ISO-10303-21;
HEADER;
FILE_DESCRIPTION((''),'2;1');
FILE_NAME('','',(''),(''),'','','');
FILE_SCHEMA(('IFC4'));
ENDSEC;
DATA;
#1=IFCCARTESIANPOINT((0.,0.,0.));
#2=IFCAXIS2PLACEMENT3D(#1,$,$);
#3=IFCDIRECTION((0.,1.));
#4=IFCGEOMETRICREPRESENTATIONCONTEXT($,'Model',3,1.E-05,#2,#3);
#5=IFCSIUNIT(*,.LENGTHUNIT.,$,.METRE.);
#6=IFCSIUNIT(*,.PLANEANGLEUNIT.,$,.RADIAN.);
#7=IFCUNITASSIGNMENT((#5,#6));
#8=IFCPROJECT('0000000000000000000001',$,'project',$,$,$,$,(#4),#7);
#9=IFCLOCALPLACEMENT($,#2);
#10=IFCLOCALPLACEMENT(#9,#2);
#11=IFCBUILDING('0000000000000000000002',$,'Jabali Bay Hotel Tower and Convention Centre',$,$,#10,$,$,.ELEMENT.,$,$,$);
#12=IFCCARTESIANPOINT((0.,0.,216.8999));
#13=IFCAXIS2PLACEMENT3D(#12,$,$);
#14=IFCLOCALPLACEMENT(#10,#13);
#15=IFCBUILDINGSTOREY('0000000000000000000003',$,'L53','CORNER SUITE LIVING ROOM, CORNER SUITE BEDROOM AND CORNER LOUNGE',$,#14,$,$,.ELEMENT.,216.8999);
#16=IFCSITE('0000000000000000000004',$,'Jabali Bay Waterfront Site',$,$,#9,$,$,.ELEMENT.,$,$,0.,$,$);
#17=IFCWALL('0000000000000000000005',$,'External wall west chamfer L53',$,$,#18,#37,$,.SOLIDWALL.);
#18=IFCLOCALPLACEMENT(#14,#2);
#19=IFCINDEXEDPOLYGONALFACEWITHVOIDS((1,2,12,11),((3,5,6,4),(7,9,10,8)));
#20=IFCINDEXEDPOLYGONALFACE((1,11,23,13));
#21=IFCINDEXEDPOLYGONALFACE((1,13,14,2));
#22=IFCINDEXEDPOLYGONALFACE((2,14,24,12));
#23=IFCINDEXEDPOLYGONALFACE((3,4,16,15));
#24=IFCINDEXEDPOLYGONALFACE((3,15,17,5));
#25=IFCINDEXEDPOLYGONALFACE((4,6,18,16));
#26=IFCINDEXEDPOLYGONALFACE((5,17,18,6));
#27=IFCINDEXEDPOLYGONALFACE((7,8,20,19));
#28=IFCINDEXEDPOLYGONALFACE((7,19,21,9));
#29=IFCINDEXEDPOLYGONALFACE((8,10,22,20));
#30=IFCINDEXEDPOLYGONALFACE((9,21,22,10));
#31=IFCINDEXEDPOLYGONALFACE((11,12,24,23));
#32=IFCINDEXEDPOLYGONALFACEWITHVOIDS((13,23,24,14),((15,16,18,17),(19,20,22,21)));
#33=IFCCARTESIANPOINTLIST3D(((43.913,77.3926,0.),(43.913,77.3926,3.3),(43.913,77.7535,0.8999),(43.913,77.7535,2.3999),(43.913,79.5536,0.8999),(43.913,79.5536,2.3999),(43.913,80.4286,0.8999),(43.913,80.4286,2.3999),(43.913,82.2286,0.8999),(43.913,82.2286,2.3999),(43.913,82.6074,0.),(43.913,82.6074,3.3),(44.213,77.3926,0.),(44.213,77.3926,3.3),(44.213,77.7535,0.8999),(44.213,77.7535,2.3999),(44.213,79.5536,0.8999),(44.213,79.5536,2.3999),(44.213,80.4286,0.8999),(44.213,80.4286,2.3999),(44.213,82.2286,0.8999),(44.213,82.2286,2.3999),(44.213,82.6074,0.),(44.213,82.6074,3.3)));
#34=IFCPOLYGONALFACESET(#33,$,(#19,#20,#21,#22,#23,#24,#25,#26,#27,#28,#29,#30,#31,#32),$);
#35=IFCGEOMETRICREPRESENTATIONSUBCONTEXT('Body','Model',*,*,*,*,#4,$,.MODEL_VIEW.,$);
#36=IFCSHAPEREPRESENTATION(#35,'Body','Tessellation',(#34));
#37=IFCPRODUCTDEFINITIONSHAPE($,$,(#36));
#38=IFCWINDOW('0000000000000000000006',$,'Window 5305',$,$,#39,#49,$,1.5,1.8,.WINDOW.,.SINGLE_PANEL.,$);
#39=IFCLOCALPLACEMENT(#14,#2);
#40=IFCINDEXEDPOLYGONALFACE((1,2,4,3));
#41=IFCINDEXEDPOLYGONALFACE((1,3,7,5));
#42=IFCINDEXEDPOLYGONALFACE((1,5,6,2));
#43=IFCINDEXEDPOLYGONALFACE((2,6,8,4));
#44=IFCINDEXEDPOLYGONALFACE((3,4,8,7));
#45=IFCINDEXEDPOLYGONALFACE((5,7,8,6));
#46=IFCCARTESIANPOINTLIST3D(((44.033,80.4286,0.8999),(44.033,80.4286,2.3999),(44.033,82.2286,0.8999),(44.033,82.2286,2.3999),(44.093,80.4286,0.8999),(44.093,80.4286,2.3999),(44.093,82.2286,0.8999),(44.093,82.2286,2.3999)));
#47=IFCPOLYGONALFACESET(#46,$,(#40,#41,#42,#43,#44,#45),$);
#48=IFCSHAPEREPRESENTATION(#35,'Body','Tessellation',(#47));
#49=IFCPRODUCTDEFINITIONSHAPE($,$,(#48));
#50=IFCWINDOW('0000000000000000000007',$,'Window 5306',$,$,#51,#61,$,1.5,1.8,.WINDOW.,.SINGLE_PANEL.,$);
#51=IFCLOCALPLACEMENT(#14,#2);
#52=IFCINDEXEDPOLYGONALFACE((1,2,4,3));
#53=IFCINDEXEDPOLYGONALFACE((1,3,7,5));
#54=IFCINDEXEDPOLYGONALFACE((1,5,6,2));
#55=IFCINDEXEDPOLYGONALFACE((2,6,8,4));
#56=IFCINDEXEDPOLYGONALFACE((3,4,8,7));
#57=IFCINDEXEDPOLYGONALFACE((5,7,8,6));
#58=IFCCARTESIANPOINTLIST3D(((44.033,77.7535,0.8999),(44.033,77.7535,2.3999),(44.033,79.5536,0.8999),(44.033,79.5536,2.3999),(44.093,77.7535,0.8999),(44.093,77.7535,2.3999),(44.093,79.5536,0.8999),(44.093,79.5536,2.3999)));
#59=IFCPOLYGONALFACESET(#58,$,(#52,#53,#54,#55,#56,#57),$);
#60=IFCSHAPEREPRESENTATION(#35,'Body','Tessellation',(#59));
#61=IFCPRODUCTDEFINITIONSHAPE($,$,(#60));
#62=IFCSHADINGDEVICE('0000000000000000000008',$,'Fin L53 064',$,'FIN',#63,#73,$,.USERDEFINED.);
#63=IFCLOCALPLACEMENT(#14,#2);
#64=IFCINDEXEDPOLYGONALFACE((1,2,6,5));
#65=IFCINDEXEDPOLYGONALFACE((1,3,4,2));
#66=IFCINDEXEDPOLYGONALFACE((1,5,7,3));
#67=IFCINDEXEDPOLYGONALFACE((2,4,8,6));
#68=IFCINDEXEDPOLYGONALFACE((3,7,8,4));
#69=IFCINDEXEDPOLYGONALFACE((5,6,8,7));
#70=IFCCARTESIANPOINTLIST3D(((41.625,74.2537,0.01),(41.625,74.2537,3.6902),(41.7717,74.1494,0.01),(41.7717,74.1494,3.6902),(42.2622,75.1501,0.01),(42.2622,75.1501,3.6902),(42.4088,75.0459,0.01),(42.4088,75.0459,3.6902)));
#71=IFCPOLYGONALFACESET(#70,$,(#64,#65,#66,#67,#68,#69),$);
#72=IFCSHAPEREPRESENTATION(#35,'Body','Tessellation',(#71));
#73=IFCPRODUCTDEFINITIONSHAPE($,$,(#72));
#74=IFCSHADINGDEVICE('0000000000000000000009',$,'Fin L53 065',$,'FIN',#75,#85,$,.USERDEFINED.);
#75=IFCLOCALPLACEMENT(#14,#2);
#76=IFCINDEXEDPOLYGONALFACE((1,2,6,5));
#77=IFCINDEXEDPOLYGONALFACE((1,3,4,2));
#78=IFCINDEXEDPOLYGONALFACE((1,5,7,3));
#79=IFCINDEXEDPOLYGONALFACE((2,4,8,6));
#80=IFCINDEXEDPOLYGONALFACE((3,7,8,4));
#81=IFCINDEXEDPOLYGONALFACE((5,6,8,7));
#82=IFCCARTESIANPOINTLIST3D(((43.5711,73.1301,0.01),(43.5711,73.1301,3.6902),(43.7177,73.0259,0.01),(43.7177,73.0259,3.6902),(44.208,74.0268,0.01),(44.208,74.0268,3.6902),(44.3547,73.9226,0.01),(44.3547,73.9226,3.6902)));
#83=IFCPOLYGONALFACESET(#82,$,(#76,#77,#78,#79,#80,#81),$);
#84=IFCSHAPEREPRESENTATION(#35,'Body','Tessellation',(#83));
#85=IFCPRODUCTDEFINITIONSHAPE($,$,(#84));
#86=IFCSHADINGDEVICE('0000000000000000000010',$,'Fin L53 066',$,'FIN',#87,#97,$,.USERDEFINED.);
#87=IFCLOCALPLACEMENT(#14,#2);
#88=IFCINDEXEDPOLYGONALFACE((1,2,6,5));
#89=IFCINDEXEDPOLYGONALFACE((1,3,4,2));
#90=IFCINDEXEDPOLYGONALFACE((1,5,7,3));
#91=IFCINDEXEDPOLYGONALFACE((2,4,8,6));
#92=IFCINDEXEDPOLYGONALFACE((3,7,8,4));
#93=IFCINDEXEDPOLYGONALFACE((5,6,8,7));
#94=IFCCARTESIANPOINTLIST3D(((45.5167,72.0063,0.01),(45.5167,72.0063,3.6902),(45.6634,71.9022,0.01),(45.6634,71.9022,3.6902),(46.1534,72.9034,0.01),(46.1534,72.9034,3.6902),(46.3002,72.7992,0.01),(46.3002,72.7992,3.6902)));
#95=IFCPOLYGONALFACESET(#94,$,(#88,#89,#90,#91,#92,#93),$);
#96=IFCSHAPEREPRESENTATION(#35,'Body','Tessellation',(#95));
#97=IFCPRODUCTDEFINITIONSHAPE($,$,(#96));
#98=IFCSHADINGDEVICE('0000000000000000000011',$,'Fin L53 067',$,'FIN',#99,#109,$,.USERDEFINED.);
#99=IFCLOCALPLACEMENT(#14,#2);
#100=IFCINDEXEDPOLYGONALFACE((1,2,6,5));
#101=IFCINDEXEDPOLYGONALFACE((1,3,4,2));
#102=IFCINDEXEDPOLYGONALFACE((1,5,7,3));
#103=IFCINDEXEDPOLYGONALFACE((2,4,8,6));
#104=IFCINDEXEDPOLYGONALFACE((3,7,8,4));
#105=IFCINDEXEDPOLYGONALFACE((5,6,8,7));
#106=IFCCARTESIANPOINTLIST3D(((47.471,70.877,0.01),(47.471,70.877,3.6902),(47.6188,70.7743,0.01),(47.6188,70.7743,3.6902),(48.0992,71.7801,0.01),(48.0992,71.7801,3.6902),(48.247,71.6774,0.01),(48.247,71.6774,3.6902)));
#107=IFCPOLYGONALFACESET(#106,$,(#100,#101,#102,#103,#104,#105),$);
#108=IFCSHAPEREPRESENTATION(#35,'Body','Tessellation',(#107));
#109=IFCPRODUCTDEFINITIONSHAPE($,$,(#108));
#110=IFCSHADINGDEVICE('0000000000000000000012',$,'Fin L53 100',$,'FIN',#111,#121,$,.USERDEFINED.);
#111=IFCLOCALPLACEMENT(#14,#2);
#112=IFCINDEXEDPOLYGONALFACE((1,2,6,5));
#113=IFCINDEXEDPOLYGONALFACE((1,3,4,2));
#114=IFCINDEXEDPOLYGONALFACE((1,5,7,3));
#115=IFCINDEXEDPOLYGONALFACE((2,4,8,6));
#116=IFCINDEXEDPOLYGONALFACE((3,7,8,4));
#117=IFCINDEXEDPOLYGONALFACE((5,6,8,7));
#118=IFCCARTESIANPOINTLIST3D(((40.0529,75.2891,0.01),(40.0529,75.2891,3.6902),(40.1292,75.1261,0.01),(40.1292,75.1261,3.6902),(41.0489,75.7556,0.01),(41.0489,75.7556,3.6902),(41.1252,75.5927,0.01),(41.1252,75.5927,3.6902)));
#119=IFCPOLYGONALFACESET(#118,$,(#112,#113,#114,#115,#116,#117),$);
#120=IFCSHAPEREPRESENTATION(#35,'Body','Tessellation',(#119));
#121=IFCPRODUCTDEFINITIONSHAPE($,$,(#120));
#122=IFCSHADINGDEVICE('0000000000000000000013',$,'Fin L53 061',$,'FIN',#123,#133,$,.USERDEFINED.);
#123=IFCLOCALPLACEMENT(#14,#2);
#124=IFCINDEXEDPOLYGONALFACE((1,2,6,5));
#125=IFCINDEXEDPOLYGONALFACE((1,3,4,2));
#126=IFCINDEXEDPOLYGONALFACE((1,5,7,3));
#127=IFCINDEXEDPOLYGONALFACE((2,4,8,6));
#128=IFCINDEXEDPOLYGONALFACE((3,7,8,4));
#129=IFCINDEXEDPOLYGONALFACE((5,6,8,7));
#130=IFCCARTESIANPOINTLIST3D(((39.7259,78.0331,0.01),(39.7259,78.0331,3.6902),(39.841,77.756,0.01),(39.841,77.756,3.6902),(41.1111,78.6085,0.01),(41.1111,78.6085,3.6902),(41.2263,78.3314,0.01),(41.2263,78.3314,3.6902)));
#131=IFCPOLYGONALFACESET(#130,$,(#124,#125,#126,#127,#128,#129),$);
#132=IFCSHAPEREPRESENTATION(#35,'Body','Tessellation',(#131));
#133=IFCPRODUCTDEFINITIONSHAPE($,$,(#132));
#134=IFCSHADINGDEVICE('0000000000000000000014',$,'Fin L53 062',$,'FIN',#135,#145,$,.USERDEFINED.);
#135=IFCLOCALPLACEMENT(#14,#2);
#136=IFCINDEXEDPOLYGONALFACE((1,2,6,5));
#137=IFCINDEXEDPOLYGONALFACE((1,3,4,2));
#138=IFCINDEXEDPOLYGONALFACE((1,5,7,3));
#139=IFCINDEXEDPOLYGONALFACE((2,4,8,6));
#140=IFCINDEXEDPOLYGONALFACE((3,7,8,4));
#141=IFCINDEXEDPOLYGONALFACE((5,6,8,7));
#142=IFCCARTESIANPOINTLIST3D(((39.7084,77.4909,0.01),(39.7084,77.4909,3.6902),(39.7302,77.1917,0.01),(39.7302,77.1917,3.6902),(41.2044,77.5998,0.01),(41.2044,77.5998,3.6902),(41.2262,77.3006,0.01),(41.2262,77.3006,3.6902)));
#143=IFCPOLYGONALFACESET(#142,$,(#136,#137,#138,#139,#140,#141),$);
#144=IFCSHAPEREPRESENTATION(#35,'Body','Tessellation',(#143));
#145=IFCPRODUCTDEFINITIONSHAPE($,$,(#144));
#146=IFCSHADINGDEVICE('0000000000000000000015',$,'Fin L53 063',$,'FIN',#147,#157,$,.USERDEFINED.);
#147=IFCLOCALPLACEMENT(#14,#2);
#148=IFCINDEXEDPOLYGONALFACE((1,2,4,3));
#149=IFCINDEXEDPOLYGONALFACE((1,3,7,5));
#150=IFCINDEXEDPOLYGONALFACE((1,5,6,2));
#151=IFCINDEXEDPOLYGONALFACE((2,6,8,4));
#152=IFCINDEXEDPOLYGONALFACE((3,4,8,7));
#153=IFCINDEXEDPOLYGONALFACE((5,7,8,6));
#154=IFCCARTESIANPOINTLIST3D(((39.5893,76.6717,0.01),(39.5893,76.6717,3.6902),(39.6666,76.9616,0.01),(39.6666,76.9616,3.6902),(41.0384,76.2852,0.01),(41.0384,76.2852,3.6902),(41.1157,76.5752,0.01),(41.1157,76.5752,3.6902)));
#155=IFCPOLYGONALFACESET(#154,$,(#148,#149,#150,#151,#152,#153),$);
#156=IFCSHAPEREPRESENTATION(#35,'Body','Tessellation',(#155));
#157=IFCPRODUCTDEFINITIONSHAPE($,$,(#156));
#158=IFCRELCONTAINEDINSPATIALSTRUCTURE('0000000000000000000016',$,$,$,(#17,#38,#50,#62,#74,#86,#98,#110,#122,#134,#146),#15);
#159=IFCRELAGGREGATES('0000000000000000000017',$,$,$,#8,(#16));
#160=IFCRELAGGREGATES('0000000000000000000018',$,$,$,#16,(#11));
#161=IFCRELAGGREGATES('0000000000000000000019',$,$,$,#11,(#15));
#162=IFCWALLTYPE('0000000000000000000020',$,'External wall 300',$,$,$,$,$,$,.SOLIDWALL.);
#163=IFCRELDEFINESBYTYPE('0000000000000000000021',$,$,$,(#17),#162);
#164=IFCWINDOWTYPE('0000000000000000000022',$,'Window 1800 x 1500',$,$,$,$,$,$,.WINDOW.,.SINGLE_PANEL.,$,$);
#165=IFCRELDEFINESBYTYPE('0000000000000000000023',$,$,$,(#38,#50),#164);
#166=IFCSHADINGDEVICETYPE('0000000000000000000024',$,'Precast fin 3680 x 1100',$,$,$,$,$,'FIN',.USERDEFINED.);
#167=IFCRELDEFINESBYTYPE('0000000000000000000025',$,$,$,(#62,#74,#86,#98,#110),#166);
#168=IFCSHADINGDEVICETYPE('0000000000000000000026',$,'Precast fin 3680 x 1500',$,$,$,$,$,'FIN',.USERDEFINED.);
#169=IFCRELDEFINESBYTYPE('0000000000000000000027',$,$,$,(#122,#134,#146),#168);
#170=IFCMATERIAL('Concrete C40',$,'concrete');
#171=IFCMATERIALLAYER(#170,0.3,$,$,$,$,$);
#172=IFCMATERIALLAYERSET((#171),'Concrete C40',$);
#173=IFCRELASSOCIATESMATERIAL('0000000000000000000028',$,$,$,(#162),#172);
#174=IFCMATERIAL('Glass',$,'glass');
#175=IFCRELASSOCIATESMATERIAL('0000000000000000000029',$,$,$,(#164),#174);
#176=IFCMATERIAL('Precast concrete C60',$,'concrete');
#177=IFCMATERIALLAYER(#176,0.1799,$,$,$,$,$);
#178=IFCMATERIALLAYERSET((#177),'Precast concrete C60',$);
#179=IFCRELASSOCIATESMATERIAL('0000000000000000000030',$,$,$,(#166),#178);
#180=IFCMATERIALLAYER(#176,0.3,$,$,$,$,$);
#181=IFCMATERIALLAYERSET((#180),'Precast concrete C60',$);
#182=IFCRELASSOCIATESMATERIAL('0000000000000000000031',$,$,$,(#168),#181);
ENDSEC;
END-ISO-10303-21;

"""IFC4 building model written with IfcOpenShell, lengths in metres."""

from ifc_helpers import new_model, si_unit, direction, frame, frame_2d, origin, place, context, subcontext, project, spatial, rectangle, extrude, material, layer, layer_set, type_object, element, fill, save


model = new_model("IFC4")

# Units and contexts
model_context = context("Model", 3, precision=1e-05, world=origin(), true_north=direction((0.0, 1.0)))
body_context = subcontext(model_context, "Body", "Model", "MODEL_VIEW")
ifc_project = project(units=[si_unit("LENGTHUNIT", "METRE"), si_unit("PLANEANGLEUNIT", "RADIAN")], contexts=[model_context])

# Site, building, storey
site_placement = place(None, origin())
site = spatial("IfcSite", under=ifc_project, at=site_placement, Name="Jabali Bay Waterfront Site", CompositionType="ELEMENT", RefElevation=0.0)
building_placement = place(site_placement, origin())
building = spatial("IfcBuilding", under=site, at=building_placement, Name="Jabali Bay Hotel Tower and Convention Centre", CompositionType="ELEMENT")
storey_placement = place(building_placement, frame((0.0, 0.0, 216.8999)))
storey = spatial("IfcBuildingStorey", under=building, at=storey_placement, Name="L53", Description="CORNER SUITE LIVING ROOM, CORNER SUITE BEDROOM AND CORNER LOUNGE", CompositionType="ELEMENT", Elevation=216.8999)

# Shared definitions
ifc_material_1 = material(Name="Concrete C40", Category="concrete")

# Wall, openings, windows
ifc_layer_1 = layer(ifc_material_1, 0.3)
ifc_layer_set_1 = layer_set([ifc_layer_1], Name="Concrete C40")
wall_type_1 = type_object("IfcWallType", Name="External wall 300", PredefinedType="SOLIDWALL", material=ifc_layer_set_1)
wall_1_placement = place(storey_placement, frame((44.063, 77.3926, 0.0), z_axis=(0.0, 0.0, 1.0), x_axis=(0.0, 1.0, 0.0)))
wall_1 = element("IfcWall", 1, at=wall_1_placement, inside=storey, type_object=wall_type_1, Name="External wall west chamfer L53", PredefinedType="SOLIDWALL", context=body_context, shape_type="SweptSolid", body=[
    extrude(rectangle(XDim=5.2148, YDim=0.3, at=frame_2d((2.6074, 0.0))), origin(), (0.0, 0.0, 1.0), 3.3),
])
opening_1_placement = place(wall_1_placement, frame((3.0361, 0.0, 0.8999)))
opening_1 = element("IfcOpeningElement", 2, at=opening_1_placement, cuts=wall_1, PredefinedType="OPENING", context=body_context, shape_type="SweptSolid", body=[
    extrude(rectangle(XDim=1.8, YDim=1.5, at=frame_2d((0.8999, 0.75))), frame((0.0, 0.1606, 0.0), z_axis=(0.0, -1.0, 0.0), x_axis=(1.0, 0.0, 0.0)), (0.0, 0.0, 1.0), 0.321),
])
opening_2_placement = place(wall_1_placement, frame((0.3611, 0.0, 0.8999)))
opening_2 = element("IfcOpeningElement", 3, at=opening_2_placement, cuts=wall_1, PredefinedType="OPENING", context=body_context, shape_type="SweptSolid", body=[
    extrude(rectangle(XDim=1.8, YDim=1.5, at=frame_2d((0.8999, 0.75))), frame((0.0, 0.1606, 0.0), z_axis=(0.0, -1.0, 0.0), x_axis=(1.0, 0.0, 0.0)), (0.0, 0.0, 1.0), 0.321),
])
ifc_material_2 = material(Name="Glass", Category="glass")
window_type = type_object("IfcWindowType", Name="Window 1800 x 1500", PartitioningType="SINGLE_PANEL", PredefinedType="WINDOW", material=ifc_material_2)
window_1_placement = place(opening_1_placement, origin())
window_1 = element("IfcWindow", 4, at=window_1_placement, inside=storey, type_object=window_type, Name="Window 5305", OverallHeight=1.5, OverallWidth=1.8, PartitioningType="SINGLE_PANEL", PredefinedType="WINDOW", context=body_context, shape_type="SweptSolid", body=[
    extrude(rectangle(XDim=1.8, YDim=1.5, at=frame_2d((0.8999, 0.75))), frame((0.0, 0.03, 0.0), z_axis=(0.0, -1.0, 0.0), x_axis=(1.0, 0.0, 0.0)), (0.0, 0.0, 1.0), 0.0601),
])
fill(opening_1, window_1)
window_2_placement = place(opening_2_placement, origin())
window_2 = element("IfcWindow", 5, at=window_2_placement, inside=storey, type_object=window_type, Name="Window 5306", OverallHeight=1.5, OverallWidth=1.8, PartitioningType="SINGLE_PANEL", PredefinedType="WINDOW", context=body_context, shape_type="SweptSolid", body=[
    extrude(rectangle(XDim=1.8, YDim=1.5, at=frame_2d((0.8999, 0.75))), frame((0.0, 0.03, 0.0), z_axis=(0.0, -1.0, 0.0), x_axis=(1.0, 0.0, 0.0)), (0.0, 0.0, 1.0), 0.0601),
])
fill(opening_2, window_2)

# Shading devices
ifc_material_3 = material(Name="Precast concrete C60", Category="concrete")
ifc_layer_2 = layer(ifc_material_3, 0.1799)
ifc_layer_set_2 = layer_set([ifc_layer_2], Name="Precast concrete C60")
shading_device_type_1 = type_object("IfcShadingDeviceType", Name="Precast fin 3680 x 1100", ElementType="FIN", PredefinedType="USERDEFINED", material=ifc_layer_set_2)
for number, where, z_axis, x_axis, name in (
    (6, (42.3354, 75.0979, 0.01), (0.0, 0.0, 1.0), (-0.579347, -0.815081, 0.0), "Fin L53 064"),
    (7, (44.2812, 73.9746, 0.01), (0.0, 0.0, 1.0), (-0.579095, -0.81526, 0.0), "Fin L53 065"),
):
    element("IfcShadingDevice", number, at=place(storey_placement, frame(where, z_axis=z_axis, x_axis=x_axis)), inside=storey, type_object=shading_device_type_1, Name=name, ObjectType="FIN", PredefinedType="USERDEFINED", context=body_context, shape_type="SweptSolid", body=[
        extrude(rectangle(XDim=1.0999, YDim=0.1799, at=frame_2d((0.5498, 0.0))), origin(), (0.0, 0.0, 1.0), 3.6802),
    ])
for number, where, z_axis, x_axis, name in (
    (8, (46.2268, 72.8513, 0.01), (0.0, 0.0, 1.0), (-0.578842, -0.81544, 0.0), "Fin L53 066"),
    (9, (48.1731, 71.7288, 0.01), (0.0, 0.0, 1.0), (-0.571032, -0.820928, 0.0), "Fin L53 067"),
):
    element("IfcShadingDevice", number, at=place(storey_placement, frame(where, z_axis=z_axis, x_axis=x_axis)), inside=storey, type_object=shading_device_type_1, Name=name, ObjectType="FIN", PredefinedType="USERDEFINED", context=body_context, shape_type="SweptSolid", body=[
        extrude(rectangle(XDim=1.1001, YDim=0.1799, at=frame_2d((0.55, 0.0))), origin(), (0.0, 0.0, 1.0), 3.6802),
    ])
shading_device_1_placement = place(storey_placement, frame((41.0869, 75.6741, 0.01), z_axis=(0.0, 0.0, 1.0), x_axis=(-0.905587, -0.424161, 0.0)))
element("IfcShadingDevice", 10, at=shading_device_1_placement, inside=storey, type_object=shading_device_type_1, Name="Fin L53 100", ObjectType="FIN", PredefinedType="USERDEFINED", context=body_context, shape_type="SweptSolid", body=[
    extrude(rectangle(XDim=1.0999, YDim=0.1799, at=frame_2d((0.5498, 0.0))), origin(), (0.0, 0.0, 1.0), 3.6802),
])
ifc_layer_3 = layer(ifc_material_3, 0.3)
ifc_layer_set_3 = layer_set([ifc_layer_3], Name="Precast concrete C60")
shading_device_type_2 = type_object("IfcShadingDeviceType", Name="Precast fin 3680 x 1500", ElementType="FIN", PredefinedType="USERDEFINED", material=ifc_layer_set_3)
for number, where, z_axis, x_axis, name in (
    (11, (41.1687, 78.47, 0.01), (0.0, 0.0, 1.0), (-0.923491, -0.383621, 0.0), "Fin L53 061"),
    (12, (41.2153, 77.4502, 0.01), (0.0, 0.0, 1.0), (-0.997362, -0.072589, 0.0), "Fin L53 062"),
):
    element("IfcShadingDevice", number, at=place(storey_placement, frame(where, z_axis=z_axis, x_axis=x_axis)), inside=storey, type_object=shading_device_type_2, Name=name, ObjectType="FIN", PredefinedType="USERDEFINED", context=body_context, shape_type="SweptSolid", body=[
        extrude(rectangle(XDim=1.5, YDim=0.3, at=frame_2d((0.75, 0.0))), origin(), (0.0, 0.0, 1.0), 3.6802),
    ])
shading_device_2_placement = place(storey_placement, frame((41.0771, 76.4302, 0.01), z_axis=(0.0, 0.0, 1.0), x_axis=(-0.966232, 0.257673, 0.0)))
element("IfcShadingDevice", 13, at=shading_device_2_placement, inside=storey, type_object=shading_device_type_2, Name="Fin L53 063", ObjectType="FIN", PredefinedType="USERDEFINED", context=body_context, shape_type="SweptSolid", body=[
    extrude(rectangle(XDim=1.4998, YDim=0.3, at=frame_2d((0.75, 0.0))), origin(), (0.0, 0.0, 1.0), 3.6802),
])

save(model, "model.ifc")
